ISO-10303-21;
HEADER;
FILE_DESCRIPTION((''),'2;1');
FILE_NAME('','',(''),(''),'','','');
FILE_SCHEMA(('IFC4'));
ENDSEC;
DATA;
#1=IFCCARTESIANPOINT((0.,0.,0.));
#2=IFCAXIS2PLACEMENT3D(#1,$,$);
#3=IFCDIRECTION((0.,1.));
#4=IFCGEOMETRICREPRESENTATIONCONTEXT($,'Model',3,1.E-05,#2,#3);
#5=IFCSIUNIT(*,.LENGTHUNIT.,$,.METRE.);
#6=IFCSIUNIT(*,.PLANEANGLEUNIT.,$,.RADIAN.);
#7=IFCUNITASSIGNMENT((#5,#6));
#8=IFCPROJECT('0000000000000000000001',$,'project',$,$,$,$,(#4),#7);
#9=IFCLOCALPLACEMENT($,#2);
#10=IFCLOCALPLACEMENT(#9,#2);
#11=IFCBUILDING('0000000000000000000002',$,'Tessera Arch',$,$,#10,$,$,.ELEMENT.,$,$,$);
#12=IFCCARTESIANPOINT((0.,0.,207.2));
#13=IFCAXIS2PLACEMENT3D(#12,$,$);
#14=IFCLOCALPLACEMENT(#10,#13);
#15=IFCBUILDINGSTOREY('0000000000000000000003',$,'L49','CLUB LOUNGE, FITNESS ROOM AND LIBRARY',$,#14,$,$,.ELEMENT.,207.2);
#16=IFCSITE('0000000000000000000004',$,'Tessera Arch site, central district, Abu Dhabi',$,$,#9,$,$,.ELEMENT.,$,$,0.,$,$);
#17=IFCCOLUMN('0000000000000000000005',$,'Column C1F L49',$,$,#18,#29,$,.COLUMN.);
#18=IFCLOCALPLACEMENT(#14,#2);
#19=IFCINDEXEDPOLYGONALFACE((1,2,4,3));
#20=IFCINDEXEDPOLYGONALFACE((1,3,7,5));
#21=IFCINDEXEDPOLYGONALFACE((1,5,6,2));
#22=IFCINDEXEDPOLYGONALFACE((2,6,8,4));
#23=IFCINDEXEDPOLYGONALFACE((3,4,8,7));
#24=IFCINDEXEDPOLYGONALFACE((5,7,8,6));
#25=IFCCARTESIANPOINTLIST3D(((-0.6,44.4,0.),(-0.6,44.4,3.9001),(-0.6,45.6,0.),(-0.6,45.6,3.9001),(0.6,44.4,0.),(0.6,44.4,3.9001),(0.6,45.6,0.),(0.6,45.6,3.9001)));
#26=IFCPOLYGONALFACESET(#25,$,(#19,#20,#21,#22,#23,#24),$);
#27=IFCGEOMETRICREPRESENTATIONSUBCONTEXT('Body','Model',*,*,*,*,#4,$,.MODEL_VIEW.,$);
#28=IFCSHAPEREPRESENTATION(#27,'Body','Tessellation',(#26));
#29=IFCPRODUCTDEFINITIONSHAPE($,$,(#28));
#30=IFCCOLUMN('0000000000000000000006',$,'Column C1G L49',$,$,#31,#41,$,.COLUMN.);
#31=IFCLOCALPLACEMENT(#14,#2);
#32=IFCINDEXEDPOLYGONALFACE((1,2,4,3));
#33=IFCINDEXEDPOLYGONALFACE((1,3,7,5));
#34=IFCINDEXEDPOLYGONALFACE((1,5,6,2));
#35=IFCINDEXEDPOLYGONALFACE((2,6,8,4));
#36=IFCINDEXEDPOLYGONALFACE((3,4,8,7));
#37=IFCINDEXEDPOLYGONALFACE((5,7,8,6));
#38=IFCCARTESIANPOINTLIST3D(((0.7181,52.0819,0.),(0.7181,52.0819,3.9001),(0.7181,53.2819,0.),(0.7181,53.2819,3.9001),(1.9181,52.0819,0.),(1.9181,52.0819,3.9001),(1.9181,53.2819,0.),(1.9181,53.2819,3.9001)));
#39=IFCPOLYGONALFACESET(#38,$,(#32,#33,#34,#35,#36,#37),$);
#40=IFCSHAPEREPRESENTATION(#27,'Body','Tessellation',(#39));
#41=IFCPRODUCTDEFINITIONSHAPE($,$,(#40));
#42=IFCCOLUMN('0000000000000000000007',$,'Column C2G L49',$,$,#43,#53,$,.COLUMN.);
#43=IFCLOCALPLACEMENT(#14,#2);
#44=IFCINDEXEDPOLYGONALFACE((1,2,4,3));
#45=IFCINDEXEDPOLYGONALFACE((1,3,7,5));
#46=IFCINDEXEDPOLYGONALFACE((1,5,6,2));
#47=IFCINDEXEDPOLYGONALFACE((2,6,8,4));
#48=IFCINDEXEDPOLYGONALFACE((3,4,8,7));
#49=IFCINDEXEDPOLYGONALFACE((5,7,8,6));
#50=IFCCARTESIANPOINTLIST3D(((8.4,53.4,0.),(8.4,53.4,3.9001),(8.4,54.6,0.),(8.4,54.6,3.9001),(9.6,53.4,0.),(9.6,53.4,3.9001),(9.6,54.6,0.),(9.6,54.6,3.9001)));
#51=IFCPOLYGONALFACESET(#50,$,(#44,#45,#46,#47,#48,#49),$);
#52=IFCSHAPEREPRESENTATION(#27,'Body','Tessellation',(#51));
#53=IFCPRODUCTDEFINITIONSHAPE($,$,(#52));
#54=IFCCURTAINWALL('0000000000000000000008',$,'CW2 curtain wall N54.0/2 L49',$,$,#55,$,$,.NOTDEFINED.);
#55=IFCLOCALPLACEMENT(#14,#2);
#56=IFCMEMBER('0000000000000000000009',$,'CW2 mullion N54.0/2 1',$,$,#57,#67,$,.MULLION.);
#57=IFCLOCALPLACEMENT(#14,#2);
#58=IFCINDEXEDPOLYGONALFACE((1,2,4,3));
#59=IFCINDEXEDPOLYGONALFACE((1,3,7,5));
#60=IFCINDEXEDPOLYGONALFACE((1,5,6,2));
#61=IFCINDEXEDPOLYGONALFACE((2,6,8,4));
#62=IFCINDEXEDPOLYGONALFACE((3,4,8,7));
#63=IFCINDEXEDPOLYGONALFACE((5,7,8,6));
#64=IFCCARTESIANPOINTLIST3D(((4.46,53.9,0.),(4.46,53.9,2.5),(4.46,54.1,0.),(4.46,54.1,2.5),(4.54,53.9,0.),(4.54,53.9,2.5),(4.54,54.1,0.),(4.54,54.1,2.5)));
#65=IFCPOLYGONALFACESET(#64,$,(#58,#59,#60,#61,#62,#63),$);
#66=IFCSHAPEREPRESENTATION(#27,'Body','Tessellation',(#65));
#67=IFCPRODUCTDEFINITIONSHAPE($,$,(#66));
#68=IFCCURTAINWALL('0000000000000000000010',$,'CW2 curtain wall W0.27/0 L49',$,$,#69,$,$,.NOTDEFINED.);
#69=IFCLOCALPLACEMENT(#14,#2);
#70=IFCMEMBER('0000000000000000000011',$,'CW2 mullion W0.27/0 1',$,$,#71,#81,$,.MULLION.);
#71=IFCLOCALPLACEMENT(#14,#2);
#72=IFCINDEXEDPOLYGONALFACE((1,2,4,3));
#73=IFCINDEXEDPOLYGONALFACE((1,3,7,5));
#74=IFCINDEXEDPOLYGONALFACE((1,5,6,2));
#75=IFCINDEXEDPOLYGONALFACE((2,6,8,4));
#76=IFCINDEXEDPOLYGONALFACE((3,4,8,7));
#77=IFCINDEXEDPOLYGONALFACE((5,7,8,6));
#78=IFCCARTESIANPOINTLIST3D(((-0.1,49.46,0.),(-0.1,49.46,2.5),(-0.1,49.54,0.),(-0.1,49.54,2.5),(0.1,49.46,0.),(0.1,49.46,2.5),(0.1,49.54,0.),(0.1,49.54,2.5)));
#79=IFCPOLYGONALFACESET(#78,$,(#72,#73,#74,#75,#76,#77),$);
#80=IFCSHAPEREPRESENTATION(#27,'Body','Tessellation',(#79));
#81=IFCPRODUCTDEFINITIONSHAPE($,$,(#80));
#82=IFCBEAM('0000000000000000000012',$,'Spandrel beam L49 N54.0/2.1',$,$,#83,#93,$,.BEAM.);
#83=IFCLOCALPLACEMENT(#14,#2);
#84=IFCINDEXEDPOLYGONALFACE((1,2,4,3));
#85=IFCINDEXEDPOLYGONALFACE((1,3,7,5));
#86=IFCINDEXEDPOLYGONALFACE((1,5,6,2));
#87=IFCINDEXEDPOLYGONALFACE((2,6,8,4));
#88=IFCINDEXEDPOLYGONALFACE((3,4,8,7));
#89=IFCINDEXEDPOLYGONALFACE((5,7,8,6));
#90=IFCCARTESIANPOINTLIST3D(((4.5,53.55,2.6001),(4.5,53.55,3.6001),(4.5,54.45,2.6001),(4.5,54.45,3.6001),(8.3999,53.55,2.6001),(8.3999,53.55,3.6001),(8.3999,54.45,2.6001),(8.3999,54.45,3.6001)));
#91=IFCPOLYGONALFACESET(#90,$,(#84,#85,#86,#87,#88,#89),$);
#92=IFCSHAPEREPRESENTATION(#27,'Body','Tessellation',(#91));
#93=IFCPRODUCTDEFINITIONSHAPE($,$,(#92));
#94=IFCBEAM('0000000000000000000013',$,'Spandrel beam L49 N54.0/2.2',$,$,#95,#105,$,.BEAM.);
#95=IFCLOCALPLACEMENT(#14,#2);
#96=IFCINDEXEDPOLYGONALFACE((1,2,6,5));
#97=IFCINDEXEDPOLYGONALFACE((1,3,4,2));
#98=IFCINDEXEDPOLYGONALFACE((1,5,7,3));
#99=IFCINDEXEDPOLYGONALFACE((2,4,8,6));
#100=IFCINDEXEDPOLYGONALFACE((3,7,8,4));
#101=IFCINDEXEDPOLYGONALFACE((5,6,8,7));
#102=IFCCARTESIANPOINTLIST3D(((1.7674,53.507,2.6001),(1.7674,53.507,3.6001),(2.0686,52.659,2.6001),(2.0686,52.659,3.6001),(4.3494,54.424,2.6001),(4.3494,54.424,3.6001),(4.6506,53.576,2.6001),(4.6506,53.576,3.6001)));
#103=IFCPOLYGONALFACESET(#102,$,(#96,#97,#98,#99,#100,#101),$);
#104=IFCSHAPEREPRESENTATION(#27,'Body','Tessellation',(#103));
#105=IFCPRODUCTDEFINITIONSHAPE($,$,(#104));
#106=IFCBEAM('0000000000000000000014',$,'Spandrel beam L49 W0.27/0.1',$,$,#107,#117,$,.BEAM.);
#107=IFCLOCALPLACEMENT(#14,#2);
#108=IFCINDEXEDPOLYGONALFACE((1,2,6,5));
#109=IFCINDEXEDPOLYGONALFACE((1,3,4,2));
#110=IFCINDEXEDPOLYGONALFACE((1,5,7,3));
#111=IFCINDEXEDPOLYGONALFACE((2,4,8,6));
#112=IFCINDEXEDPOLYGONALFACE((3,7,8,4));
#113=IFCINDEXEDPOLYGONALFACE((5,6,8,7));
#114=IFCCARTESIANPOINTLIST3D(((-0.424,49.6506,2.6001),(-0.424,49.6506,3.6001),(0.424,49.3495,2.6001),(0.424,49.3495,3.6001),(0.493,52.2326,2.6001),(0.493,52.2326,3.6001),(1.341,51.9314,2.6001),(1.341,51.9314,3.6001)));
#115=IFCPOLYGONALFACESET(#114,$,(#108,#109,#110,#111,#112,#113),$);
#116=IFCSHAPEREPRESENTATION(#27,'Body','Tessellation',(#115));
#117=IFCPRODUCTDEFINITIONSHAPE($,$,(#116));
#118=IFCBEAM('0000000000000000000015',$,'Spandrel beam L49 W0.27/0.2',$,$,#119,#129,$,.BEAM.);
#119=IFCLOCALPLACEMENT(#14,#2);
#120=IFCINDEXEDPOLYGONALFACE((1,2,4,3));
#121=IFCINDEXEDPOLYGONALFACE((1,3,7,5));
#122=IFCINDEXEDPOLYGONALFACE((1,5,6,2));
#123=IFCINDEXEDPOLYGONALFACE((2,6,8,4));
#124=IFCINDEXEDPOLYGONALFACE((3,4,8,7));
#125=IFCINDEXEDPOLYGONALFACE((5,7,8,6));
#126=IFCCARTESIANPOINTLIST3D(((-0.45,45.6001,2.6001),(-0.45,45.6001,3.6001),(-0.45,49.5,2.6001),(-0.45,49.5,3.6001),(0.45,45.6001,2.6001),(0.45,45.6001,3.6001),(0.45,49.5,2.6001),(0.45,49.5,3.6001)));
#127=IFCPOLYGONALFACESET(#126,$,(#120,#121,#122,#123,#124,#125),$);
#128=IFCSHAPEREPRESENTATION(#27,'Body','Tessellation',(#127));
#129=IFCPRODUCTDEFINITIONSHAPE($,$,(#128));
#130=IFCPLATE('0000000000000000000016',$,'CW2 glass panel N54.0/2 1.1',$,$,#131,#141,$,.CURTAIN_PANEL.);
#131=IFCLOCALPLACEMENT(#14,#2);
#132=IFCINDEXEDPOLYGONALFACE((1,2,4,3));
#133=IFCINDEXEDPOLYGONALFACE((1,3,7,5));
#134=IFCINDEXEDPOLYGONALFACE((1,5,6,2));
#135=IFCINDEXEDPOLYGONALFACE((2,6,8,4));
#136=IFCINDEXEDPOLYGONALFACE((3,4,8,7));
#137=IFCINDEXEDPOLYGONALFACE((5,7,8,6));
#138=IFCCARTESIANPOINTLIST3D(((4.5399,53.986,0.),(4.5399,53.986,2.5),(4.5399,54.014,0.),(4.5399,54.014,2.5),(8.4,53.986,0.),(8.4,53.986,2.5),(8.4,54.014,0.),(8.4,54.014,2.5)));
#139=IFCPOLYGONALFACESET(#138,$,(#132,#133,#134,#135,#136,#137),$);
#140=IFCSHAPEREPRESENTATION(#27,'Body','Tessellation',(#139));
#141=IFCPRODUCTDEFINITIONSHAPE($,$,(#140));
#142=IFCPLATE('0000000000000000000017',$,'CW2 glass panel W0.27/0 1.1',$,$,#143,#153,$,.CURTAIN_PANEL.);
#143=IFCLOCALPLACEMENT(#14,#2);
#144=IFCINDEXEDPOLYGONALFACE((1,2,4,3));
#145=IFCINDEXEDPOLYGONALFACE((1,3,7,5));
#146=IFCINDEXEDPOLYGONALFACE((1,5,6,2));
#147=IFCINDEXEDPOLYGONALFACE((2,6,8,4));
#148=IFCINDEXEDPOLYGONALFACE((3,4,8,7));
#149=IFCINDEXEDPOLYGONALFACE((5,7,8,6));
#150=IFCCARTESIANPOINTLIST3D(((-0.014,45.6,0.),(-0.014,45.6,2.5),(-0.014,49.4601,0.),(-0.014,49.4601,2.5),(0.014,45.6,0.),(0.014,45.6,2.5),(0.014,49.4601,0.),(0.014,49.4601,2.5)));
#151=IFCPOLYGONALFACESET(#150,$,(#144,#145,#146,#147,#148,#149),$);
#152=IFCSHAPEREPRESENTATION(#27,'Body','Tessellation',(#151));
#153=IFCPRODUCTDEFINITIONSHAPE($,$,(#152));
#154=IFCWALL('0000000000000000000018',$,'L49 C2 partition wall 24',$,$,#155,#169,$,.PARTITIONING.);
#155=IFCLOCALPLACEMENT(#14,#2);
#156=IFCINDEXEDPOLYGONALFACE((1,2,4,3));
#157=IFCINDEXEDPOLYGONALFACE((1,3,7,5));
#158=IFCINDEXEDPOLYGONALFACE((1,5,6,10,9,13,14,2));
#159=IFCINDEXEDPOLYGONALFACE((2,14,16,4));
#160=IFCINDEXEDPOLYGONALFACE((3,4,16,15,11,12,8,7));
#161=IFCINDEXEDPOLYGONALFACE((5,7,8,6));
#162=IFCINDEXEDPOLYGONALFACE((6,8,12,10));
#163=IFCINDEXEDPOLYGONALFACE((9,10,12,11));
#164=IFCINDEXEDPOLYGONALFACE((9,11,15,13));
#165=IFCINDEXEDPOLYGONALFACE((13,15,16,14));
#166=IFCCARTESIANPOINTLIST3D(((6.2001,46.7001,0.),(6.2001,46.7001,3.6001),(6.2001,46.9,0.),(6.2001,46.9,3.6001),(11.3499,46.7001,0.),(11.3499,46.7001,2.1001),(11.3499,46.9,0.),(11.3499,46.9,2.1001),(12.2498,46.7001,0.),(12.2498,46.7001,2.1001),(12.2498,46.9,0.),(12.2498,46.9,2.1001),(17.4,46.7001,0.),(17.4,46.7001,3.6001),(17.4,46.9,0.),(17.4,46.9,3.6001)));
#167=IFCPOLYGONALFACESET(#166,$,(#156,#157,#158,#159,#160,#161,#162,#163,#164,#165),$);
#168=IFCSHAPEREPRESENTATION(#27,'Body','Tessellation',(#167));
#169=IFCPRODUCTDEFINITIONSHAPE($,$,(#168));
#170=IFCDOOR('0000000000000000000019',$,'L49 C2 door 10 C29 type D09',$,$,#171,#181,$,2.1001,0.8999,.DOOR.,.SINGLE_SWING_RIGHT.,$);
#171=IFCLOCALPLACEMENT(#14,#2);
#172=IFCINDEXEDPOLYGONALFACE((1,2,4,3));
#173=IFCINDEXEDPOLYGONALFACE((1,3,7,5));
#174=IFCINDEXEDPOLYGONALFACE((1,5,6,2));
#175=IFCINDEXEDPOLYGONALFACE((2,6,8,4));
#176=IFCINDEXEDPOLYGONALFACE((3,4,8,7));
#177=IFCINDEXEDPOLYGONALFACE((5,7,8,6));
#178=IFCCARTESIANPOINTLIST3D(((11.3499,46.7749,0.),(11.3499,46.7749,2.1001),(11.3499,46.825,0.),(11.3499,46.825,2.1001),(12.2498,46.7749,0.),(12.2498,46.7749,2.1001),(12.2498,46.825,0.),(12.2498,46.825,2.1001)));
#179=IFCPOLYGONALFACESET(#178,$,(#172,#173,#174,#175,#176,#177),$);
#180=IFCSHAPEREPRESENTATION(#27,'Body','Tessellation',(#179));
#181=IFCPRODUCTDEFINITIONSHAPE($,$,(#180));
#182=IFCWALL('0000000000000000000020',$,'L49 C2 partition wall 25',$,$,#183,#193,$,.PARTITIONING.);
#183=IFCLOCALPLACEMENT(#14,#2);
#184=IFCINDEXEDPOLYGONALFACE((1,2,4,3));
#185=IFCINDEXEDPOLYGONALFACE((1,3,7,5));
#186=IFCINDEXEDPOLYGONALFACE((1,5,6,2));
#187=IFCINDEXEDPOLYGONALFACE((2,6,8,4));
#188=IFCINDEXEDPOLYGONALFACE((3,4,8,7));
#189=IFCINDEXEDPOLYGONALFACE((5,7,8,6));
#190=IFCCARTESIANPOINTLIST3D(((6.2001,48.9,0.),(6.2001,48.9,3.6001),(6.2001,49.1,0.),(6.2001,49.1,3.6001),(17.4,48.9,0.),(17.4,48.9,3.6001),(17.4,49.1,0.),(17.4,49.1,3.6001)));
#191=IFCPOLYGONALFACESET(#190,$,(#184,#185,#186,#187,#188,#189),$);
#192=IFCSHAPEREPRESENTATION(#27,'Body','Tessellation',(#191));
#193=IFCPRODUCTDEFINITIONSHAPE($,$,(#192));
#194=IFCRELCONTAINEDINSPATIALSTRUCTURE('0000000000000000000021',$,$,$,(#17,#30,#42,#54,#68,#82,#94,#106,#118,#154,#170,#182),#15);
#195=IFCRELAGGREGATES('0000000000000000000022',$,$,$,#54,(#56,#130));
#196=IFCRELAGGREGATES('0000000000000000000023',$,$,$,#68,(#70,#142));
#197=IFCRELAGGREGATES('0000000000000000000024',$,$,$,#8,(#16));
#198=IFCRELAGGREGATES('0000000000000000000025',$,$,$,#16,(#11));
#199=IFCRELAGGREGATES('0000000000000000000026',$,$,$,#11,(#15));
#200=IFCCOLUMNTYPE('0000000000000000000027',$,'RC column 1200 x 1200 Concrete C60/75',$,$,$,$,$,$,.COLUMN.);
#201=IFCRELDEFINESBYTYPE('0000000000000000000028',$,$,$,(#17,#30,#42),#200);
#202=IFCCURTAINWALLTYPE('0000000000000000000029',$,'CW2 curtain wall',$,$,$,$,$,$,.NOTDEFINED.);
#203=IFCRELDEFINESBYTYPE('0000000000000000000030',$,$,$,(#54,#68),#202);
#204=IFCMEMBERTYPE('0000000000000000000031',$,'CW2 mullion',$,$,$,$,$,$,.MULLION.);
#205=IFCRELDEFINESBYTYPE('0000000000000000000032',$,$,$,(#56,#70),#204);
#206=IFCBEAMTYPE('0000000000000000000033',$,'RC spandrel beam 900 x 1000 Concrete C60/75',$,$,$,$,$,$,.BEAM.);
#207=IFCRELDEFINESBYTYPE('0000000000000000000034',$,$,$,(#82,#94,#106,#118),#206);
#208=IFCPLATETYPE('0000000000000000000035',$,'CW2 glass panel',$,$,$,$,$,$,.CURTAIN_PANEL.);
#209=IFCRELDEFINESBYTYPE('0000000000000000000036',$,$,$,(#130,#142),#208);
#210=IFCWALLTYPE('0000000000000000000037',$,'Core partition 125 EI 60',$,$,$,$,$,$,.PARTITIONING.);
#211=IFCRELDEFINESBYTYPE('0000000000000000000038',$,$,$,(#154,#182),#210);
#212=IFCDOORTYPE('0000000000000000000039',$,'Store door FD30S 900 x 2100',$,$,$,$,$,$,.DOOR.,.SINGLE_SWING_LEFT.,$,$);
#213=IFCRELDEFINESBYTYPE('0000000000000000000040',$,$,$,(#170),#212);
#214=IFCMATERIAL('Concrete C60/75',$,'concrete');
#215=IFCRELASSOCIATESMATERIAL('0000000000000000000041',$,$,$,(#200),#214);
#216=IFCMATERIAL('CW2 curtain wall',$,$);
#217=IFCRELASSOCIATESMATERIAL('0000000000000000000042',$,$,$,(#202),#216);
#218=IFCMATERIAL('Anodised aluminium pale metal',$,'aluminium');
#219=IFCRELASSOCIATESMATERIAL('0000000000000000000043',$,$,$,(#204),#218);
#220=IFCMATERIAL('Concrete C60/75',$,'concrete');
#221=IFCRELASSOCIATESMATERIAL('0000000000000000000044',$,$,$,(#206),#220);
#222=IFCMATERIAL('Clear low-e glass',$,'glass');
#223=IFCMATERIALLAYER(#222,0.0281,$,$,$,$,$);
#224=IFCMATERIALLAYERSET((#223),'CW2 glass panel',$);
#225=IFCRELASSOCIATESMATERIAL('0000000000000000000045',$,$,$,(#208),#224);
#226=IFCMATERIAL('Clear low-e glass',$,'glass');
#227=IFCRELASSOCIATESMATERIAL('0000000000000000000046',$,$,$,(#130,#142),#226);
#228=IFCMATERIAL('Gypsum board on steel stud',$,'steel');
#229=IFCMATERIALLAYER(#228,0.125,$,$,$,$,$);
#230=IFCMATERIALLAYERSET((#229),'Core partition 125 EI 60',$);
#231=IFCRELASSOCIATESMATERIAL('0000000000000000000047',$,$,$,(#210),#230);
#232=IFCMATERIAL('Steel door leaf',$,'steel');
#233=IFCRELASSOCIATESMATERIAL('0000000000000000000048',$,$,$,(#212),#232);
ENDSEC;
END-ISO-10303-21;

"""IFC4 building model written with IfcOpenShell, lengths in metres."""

from ifc_helpers import new_model, si_unit, direction, frame, frame_2d, origin, origin_2d, place, context, subcontext, project, spatial, rectangle, extrude, material, layer, layer_set, material_profile, profile_set, type_object, element, fill, aggregate, save


model = new_model("IFC4")

# Units and contexts
model_context = context("Model", 3, precision=1e-05, world=origin(), true_north=direction((0.0, 1.0)))
body_context = subcontext(model_context, "Body", "Model", "MODEL_VIEW")
ifc_project = project(units=[si_unit("LENGTHUNIT", "METRE"), si_unit("PLANEANGLEUNIT", "RADIAN")], contexts=[model_context])

# Site, building, storey
site_placement = place(None, origin())
site = spatial("IfcSite", under=ifc_project, at=site_placement, Name="Tessera Arch site, central district, Abu Dhabi", CompositionType="ELEMENT", RefElevation=0.0)
building_placement = place(site_placement, origin())
building = spatial("IfcBuilding", under=site, at=building_placement, Name="Tessera Arch", CompositionType="ELEMENT")
storey_placement = place(building_placement, frame((0.0, 0.0, 207.2)))
storey = spatial("IfcBuildingStorey", under=building, at=storey_placement, Name="L49", Description="CLUB LOUNGE, FITNESS ROOM AND LIBRARY", CompositionType="ELEMENT", Elevation=207.2)

# Columns
ifc_material_1 = material(Name="Concrete C60/75", Category="concrete")
ifc_material_profile_1 = material_profile(ifc_material_1, rectangle(XDim=1.2, YDim=1.2, at=origin_2d()), Name="RC column 1200 x 1200 Concrete C60/75")
ifc_profile_set_1 = profile_set([ifc_material_profile_1], Name="Concrete C60/75")
column_type = type_object("IfcColumnType", Name="RC column 1200 x 1200 Concrete C60/75", PredefinedType="COLUMN", material=ifc_profile_set_1)
for number, where, z_axis, x_axis, name in (
    (1, (0.0, 45.0, 0.0), (0.0, 0.0, 1.0), (1.0, 0.0, 0.0), "Column C1F L49"),
    (2, (1.3181, 52.6819, 0.0), (0.0, 0.0, 1.0), (1.0, 0.0, 0.0), "Column C1G L49"),
    (3, (9.0, 54.0, 0.0), (0.0, 0.0, 1.0), (1.0, 0.0, 0.0), "Column C2G L49"),
):
    element("IfcColumn", number, at=place(storey_placement, frame(where, z_axis=z_axis, x_axis=x_axis)), inside=storey, type_object=column_type, Name=name, PredefinedType="COLUMN", context=body_context, shape_type="SweptSolid", body=[
        extrude(rectangle(XDim=1.2, YDim=1.2, at=origin_2d()), origin(), (0.0, 0.0, 1.0), 3.9001),
    ])

# Curtain walls, members
ifc_material_2 = material(Name="CW2 curtain wall")
curtain_wall_type = type_object("IfcCurtainWallType", Name="CW2 curtain wall", PredefinedType="NOTDEFINED", material=ifc_material_2)
curtain_wall_1_placement = place(storey_placement, origin())
curtain_wall_1 = element("IfcCurtainWall", 4, at=curtain_wall_1_placement, inside=storey, type_object=curtain_wall_type, Name="CW2 curtain wall N54.0/2 L49", PredefinedType="NOTDEFINED")
ifc_material_3 = material(Name="Anodised aluminium pale metal", Category="aluminium")
ifc_material_profile_2 = material_profile(ifc_material_3, rectangle(XDim=0.2, YDim=0.0801, at=origin_2d()), Name="AL 80x200")
ifc_profile_set_2 = profile_set([ifc_material_profile_2], Name="Anodised aluminium pale metal")
member_type = type_object("IfcMemberType", Name="CW2 mullion", PredefinedType="MULLION", material=ifc_profile_set_2)
member_1_placement = place(storey_placement, frame((4.5, 54.0, 0.0), z_axis=(0.0, 0.0, 1.0), x_axis=(0.0, -1.0, 0.0)))
member_1 = element("IfcMember", 5, at=member_1_placement, type_object=member_type, Name="CW2 mullion N54.0/2 1", PredefinedType="MULLION", context=body_context, shape_type="SweptSolid", body=[
    extrude(rectangle(XDim=0.2, YDim=0.0801, at=origin_2d()), origin(), (0.0, 0.0, 1.0), 2.5),
])
curtain_wall_2_placement = place(storey_placement, origin())
curtain_wall_2 = element("IfcCurtainWall", 6, at=curtain_wall_2_placement, inside=storey, type_object=curtain_wall_type, Name="CW2 curtain wall W0.27/0 L49", PredefinedType="NOTDEFINED")
member_2_placement = place(storey_placement, frame((0.0, 49.5, 0.0), z_axis=(0.0, 0.0, 1.0), x_axis=(1.0, 0.0, 0.0)))
member_2 = element("IfcMember", 7, at=member_2_placement, type_object=member_type, Name="CW2 mullion W0.27/0 1", PredefinedType="MULLION", context=body_context, shape_type="SweptSolid", body=[
    extrude(rectangle(XDim=0.2, YDim=0.0801, at=origin_2d()), origin(), (0.0, 0.0, 1.0), 2.5),
])

# Beams
ifc_material_4 = material(Name="Concrete C60/75", Category="concrete")
ifc_material_profile_3 = material_profile(ifc_material_4, rectangle(XDim=0.8999, YDim=1.0, at=origin_2d()), Name="RC spandrel beam 900 x 1000 Concrete C60/75")
ifc_profile_set_3 = profile_set([ifc_material_profile_3], Name="Concrete C60/75")
beam_type = type_object("IfcBeamType", Name="RC spandrel beam 900 x 1000 Concrete C60/75", PredefinedType="BEAM", material=ifc_profile_set_3)
beam_1_placement = place(storey_placement, frame((8.3999, 54.0, 3.1001), z_axis=(-1.0, 0.0, 0.0), x_axis=(0.0, -1.0, 0.0)))
element("IfcBeam", 8, at=beam_1_placement, inside=storey, type_object=beam_type, Name="Spandrel beam L49 N54.0/2.1", PredefinedType="BEAM", context=body_context, shape_type="SweptSolid", body=[
    extrude(rectangle(XDim=0.8999, YDim=1.0, at=origin_2d()), origin(), (0.0, 0.0, 1.0), 3.8999),
])
for number, where, z_axis, x_axis, name in (
    (9, (4.5, 54.0, 3.1001), (-0.942337, -0.334665, 0.0), (0.334665, -0.942337, 0.0), "Spandrel beam L49 N54.0/2.2"),
    (10, (0.917, 52.082, 3.1001), (-0.334665, -0.942337, 0.0), (0.942337, -0.334665, 0.0), "Spandrel beam L49 W0.27/0.1"),
):
    element("IfcBeam", number, at=place(storey_placement, frame(where, z_axis=z_axis, x_axis=x_axis)), inside=storey, type_object=beam_type, Name=name, PredefinedType="BEAM", context=body_context, shape_type="SweptSolid", body=[
        extrude(rectangle(XDim=0.8999, YDim=1.0, at=origin_2d()), origin(), (0.0, 0.0, 1.0), 2.74),
    ])
beam_2_placement = place(storey_placement, frame((0.0, 49.5, 3.1001), z_axis=(0.0, -1.0, 0.0), x_axis=(1.0, 0.0, 0.0)))
element("IfcBeam", 11, at=beam_2_placement, inside=storey, type_object=beam_type, Name="Spandrel beam L49 W0.27/0.2", PredefinedType="BEAM", context=body_context, shape_type="SweptSolid", body=[
    extrude(rectangle(XDim=0.8999, YDim=1.0, at=origin_2d()), origin(), (0.0, 0.0, 1.0), 3.8999),
])

# Plates
ifc_material_5 = material(Name="Clear low-e glass", Category="glass")
ifc_material_6 = material(Name="Clear low-e glass", Category="glass")
ifc_layer_1 = layer(ifc_material_6, 0.0281)
ifc_layer_set_1 = layer_set([ifc_layer_1], Name="CW2 glass panel")
plate_type = type_object("IfcPlateType", Name="CW2 glass panel", PredefinedType="CURTAIN_PANEL", material=ifc_layer_set_1)
plate_1_placement = place(storey_placement, frame((6.47, 54.0, 0.0), z_axis=(0.0, 0.0, 1.0), x_axis=(-1.0, 0.0, 0.0)))
plate_1 = element("IfcPlate", 12, at=plate_1_placement, type_object=plate_type, material=ifc_material_5, Name="CW2 glass panel N54.0/2 1.1", PredefinedType="CURTAIN_PANEL", context=body_context, shape_type="SweptSolid", body=[
    extrude(rectangle(XDim=3.8601, YDim=0.0281, at=origin_2d()), origin(), (0.0, 0.0, 1.0), 2.5),
])
aggregate(curtain_wall_1, [member_1, plate_1])
plate_2_placement = place(storey_placement, frame((0.0, 47.53, 0.0), z_axis=(0.0, 0.0, 1.0), x_axis=(0.0, -1.0, 0.0)))
plate_2 = element("IfcPlate", 13, at=plate_2_placement, type_object=plate_type, material=ifc_material_5, Name="CW2 glass panel W0.27/0 1.1", PredefinedType="CURTAIN_PANEL", context=body_context, shape_type="SweptSolid", body=[
    extrude(rectangle(XDim=3.8601, YDim=0.0281, at=origin_2d()), origin(), (0.0, 0.0, 1.0), 2.5),
])
aggregate(curtain_wall_2, [member_2, plate_2])

# Wall, opening, door
ifc_material_7 = material(Name="Gypsum board on steel stud", Category="steel")
ifc_layer_2 = layer(ifc_material_7, 0.125)
ifc_layer_set_2 = layer_set([ifc_layer_2], Name="Core partition 125 EI 60")
wall_type_1 = type_object("IfcWallType", Name="Core partition 125 EI 60", PredefinedType="PARTITIONING", material=ifc_layer_set_2)
wall_1_placement = place(storey_placement, frame((6.2, 46.8, 0.0), z_axis=(0.0, 0.0, 1.0), x_axis=(1.0, 0.0, 0.0)))
wall_1 = element("IfcWall", 14, at=wall_1_placement, inside=storey, type_object=wall_type_1, Name="L49 C2 partition wall 24", PredefinedType="PARTITIONING", context=body_context, shape_type="SweptSolid", body=[
    extrude(rectangle(XDim=11.2, YDim=0.2, at=frame_2d((5.6001, 0.0))), origin(), (0.0, 0.0, 1.0), 3.6001),
])
opening_1_placement = place(wall_1_placement, frame((5.1499, 0.0, 0.0)))
opening_1 = element("IfcOpeningElement", 15, at=opening_1_placement, cuts=wall_1, PredefinedType="OPENING", context=body_context, shape_type="SweptSolid", body=[
    extrude(rectangle(XDim=0.8999, YDim=2.1001, at=frame_2d((0.45, 1.05))), frame((0.0, 0.1099, 0.0), z_axis=(0.0, -1.0, 0.0), x_axis=(1.0, 0.0, 0.0)), (0.0, 0.0, 1.0), 0.22),
])
ifc_material_8 = material(Name="Steel door leaf", Category="steel")
door_type_1 = type_object("IfcDoorType", Name="Store door FD30S 900 x 2100", OperationType="SINGLE_SWING_LEFT", PredefinedType="DOOR", material=ifc_material_8)
door_1_placement = place(opening_1_placement, origin())
door_1 = element("IfcDoor", 16, at=door_1_placement, inside=storey, type_object=door_type_1, Name="L49 C2 door 10 C29 type D09", OperationType="SINGLE_SWING_RIGHT", OverallHeight=2.1001, OverallWidth=0.8999, PredefinedType="DOOR", context=body_context, shape_type="SweptSolid", body=[
    extrude(rectangle(XDim=0.8999, YDim=2.1001, at=frame_2d((0.45, 1.05))), frame((0.0, 0.0249, 0.0), z_axis=(0.0, -1.0, 0.0), x_axis=(1.0, 0.0, 0.0)), (0.0, 0.0, 1.0), 0.05),
])
fill(opening_1, door_1)

# Wall
wall_2_placement = place(storey_placement, frame((6.2, 49.0, 0.0), z_axis=(0.0, 0.0, 1.0), x_axis=(1.0, 0.0, 0.0)))
element("IfcWall", 17, at=wall_2_placement, inside=storey, type_object=wall_type_1, Name="L49 C2 partition wall 25", PredefinedType="PARTITIONING", context=body_context, shape_type="SweptSolid", body=[
    extrude(rectangle(XDim=11.2, YDim=0.2, at=frame_2d((5.6001, 0.0))), origin(), (0.0, 0.0, 1.0), 3.6001),
])

save(model, "model.ifc")
